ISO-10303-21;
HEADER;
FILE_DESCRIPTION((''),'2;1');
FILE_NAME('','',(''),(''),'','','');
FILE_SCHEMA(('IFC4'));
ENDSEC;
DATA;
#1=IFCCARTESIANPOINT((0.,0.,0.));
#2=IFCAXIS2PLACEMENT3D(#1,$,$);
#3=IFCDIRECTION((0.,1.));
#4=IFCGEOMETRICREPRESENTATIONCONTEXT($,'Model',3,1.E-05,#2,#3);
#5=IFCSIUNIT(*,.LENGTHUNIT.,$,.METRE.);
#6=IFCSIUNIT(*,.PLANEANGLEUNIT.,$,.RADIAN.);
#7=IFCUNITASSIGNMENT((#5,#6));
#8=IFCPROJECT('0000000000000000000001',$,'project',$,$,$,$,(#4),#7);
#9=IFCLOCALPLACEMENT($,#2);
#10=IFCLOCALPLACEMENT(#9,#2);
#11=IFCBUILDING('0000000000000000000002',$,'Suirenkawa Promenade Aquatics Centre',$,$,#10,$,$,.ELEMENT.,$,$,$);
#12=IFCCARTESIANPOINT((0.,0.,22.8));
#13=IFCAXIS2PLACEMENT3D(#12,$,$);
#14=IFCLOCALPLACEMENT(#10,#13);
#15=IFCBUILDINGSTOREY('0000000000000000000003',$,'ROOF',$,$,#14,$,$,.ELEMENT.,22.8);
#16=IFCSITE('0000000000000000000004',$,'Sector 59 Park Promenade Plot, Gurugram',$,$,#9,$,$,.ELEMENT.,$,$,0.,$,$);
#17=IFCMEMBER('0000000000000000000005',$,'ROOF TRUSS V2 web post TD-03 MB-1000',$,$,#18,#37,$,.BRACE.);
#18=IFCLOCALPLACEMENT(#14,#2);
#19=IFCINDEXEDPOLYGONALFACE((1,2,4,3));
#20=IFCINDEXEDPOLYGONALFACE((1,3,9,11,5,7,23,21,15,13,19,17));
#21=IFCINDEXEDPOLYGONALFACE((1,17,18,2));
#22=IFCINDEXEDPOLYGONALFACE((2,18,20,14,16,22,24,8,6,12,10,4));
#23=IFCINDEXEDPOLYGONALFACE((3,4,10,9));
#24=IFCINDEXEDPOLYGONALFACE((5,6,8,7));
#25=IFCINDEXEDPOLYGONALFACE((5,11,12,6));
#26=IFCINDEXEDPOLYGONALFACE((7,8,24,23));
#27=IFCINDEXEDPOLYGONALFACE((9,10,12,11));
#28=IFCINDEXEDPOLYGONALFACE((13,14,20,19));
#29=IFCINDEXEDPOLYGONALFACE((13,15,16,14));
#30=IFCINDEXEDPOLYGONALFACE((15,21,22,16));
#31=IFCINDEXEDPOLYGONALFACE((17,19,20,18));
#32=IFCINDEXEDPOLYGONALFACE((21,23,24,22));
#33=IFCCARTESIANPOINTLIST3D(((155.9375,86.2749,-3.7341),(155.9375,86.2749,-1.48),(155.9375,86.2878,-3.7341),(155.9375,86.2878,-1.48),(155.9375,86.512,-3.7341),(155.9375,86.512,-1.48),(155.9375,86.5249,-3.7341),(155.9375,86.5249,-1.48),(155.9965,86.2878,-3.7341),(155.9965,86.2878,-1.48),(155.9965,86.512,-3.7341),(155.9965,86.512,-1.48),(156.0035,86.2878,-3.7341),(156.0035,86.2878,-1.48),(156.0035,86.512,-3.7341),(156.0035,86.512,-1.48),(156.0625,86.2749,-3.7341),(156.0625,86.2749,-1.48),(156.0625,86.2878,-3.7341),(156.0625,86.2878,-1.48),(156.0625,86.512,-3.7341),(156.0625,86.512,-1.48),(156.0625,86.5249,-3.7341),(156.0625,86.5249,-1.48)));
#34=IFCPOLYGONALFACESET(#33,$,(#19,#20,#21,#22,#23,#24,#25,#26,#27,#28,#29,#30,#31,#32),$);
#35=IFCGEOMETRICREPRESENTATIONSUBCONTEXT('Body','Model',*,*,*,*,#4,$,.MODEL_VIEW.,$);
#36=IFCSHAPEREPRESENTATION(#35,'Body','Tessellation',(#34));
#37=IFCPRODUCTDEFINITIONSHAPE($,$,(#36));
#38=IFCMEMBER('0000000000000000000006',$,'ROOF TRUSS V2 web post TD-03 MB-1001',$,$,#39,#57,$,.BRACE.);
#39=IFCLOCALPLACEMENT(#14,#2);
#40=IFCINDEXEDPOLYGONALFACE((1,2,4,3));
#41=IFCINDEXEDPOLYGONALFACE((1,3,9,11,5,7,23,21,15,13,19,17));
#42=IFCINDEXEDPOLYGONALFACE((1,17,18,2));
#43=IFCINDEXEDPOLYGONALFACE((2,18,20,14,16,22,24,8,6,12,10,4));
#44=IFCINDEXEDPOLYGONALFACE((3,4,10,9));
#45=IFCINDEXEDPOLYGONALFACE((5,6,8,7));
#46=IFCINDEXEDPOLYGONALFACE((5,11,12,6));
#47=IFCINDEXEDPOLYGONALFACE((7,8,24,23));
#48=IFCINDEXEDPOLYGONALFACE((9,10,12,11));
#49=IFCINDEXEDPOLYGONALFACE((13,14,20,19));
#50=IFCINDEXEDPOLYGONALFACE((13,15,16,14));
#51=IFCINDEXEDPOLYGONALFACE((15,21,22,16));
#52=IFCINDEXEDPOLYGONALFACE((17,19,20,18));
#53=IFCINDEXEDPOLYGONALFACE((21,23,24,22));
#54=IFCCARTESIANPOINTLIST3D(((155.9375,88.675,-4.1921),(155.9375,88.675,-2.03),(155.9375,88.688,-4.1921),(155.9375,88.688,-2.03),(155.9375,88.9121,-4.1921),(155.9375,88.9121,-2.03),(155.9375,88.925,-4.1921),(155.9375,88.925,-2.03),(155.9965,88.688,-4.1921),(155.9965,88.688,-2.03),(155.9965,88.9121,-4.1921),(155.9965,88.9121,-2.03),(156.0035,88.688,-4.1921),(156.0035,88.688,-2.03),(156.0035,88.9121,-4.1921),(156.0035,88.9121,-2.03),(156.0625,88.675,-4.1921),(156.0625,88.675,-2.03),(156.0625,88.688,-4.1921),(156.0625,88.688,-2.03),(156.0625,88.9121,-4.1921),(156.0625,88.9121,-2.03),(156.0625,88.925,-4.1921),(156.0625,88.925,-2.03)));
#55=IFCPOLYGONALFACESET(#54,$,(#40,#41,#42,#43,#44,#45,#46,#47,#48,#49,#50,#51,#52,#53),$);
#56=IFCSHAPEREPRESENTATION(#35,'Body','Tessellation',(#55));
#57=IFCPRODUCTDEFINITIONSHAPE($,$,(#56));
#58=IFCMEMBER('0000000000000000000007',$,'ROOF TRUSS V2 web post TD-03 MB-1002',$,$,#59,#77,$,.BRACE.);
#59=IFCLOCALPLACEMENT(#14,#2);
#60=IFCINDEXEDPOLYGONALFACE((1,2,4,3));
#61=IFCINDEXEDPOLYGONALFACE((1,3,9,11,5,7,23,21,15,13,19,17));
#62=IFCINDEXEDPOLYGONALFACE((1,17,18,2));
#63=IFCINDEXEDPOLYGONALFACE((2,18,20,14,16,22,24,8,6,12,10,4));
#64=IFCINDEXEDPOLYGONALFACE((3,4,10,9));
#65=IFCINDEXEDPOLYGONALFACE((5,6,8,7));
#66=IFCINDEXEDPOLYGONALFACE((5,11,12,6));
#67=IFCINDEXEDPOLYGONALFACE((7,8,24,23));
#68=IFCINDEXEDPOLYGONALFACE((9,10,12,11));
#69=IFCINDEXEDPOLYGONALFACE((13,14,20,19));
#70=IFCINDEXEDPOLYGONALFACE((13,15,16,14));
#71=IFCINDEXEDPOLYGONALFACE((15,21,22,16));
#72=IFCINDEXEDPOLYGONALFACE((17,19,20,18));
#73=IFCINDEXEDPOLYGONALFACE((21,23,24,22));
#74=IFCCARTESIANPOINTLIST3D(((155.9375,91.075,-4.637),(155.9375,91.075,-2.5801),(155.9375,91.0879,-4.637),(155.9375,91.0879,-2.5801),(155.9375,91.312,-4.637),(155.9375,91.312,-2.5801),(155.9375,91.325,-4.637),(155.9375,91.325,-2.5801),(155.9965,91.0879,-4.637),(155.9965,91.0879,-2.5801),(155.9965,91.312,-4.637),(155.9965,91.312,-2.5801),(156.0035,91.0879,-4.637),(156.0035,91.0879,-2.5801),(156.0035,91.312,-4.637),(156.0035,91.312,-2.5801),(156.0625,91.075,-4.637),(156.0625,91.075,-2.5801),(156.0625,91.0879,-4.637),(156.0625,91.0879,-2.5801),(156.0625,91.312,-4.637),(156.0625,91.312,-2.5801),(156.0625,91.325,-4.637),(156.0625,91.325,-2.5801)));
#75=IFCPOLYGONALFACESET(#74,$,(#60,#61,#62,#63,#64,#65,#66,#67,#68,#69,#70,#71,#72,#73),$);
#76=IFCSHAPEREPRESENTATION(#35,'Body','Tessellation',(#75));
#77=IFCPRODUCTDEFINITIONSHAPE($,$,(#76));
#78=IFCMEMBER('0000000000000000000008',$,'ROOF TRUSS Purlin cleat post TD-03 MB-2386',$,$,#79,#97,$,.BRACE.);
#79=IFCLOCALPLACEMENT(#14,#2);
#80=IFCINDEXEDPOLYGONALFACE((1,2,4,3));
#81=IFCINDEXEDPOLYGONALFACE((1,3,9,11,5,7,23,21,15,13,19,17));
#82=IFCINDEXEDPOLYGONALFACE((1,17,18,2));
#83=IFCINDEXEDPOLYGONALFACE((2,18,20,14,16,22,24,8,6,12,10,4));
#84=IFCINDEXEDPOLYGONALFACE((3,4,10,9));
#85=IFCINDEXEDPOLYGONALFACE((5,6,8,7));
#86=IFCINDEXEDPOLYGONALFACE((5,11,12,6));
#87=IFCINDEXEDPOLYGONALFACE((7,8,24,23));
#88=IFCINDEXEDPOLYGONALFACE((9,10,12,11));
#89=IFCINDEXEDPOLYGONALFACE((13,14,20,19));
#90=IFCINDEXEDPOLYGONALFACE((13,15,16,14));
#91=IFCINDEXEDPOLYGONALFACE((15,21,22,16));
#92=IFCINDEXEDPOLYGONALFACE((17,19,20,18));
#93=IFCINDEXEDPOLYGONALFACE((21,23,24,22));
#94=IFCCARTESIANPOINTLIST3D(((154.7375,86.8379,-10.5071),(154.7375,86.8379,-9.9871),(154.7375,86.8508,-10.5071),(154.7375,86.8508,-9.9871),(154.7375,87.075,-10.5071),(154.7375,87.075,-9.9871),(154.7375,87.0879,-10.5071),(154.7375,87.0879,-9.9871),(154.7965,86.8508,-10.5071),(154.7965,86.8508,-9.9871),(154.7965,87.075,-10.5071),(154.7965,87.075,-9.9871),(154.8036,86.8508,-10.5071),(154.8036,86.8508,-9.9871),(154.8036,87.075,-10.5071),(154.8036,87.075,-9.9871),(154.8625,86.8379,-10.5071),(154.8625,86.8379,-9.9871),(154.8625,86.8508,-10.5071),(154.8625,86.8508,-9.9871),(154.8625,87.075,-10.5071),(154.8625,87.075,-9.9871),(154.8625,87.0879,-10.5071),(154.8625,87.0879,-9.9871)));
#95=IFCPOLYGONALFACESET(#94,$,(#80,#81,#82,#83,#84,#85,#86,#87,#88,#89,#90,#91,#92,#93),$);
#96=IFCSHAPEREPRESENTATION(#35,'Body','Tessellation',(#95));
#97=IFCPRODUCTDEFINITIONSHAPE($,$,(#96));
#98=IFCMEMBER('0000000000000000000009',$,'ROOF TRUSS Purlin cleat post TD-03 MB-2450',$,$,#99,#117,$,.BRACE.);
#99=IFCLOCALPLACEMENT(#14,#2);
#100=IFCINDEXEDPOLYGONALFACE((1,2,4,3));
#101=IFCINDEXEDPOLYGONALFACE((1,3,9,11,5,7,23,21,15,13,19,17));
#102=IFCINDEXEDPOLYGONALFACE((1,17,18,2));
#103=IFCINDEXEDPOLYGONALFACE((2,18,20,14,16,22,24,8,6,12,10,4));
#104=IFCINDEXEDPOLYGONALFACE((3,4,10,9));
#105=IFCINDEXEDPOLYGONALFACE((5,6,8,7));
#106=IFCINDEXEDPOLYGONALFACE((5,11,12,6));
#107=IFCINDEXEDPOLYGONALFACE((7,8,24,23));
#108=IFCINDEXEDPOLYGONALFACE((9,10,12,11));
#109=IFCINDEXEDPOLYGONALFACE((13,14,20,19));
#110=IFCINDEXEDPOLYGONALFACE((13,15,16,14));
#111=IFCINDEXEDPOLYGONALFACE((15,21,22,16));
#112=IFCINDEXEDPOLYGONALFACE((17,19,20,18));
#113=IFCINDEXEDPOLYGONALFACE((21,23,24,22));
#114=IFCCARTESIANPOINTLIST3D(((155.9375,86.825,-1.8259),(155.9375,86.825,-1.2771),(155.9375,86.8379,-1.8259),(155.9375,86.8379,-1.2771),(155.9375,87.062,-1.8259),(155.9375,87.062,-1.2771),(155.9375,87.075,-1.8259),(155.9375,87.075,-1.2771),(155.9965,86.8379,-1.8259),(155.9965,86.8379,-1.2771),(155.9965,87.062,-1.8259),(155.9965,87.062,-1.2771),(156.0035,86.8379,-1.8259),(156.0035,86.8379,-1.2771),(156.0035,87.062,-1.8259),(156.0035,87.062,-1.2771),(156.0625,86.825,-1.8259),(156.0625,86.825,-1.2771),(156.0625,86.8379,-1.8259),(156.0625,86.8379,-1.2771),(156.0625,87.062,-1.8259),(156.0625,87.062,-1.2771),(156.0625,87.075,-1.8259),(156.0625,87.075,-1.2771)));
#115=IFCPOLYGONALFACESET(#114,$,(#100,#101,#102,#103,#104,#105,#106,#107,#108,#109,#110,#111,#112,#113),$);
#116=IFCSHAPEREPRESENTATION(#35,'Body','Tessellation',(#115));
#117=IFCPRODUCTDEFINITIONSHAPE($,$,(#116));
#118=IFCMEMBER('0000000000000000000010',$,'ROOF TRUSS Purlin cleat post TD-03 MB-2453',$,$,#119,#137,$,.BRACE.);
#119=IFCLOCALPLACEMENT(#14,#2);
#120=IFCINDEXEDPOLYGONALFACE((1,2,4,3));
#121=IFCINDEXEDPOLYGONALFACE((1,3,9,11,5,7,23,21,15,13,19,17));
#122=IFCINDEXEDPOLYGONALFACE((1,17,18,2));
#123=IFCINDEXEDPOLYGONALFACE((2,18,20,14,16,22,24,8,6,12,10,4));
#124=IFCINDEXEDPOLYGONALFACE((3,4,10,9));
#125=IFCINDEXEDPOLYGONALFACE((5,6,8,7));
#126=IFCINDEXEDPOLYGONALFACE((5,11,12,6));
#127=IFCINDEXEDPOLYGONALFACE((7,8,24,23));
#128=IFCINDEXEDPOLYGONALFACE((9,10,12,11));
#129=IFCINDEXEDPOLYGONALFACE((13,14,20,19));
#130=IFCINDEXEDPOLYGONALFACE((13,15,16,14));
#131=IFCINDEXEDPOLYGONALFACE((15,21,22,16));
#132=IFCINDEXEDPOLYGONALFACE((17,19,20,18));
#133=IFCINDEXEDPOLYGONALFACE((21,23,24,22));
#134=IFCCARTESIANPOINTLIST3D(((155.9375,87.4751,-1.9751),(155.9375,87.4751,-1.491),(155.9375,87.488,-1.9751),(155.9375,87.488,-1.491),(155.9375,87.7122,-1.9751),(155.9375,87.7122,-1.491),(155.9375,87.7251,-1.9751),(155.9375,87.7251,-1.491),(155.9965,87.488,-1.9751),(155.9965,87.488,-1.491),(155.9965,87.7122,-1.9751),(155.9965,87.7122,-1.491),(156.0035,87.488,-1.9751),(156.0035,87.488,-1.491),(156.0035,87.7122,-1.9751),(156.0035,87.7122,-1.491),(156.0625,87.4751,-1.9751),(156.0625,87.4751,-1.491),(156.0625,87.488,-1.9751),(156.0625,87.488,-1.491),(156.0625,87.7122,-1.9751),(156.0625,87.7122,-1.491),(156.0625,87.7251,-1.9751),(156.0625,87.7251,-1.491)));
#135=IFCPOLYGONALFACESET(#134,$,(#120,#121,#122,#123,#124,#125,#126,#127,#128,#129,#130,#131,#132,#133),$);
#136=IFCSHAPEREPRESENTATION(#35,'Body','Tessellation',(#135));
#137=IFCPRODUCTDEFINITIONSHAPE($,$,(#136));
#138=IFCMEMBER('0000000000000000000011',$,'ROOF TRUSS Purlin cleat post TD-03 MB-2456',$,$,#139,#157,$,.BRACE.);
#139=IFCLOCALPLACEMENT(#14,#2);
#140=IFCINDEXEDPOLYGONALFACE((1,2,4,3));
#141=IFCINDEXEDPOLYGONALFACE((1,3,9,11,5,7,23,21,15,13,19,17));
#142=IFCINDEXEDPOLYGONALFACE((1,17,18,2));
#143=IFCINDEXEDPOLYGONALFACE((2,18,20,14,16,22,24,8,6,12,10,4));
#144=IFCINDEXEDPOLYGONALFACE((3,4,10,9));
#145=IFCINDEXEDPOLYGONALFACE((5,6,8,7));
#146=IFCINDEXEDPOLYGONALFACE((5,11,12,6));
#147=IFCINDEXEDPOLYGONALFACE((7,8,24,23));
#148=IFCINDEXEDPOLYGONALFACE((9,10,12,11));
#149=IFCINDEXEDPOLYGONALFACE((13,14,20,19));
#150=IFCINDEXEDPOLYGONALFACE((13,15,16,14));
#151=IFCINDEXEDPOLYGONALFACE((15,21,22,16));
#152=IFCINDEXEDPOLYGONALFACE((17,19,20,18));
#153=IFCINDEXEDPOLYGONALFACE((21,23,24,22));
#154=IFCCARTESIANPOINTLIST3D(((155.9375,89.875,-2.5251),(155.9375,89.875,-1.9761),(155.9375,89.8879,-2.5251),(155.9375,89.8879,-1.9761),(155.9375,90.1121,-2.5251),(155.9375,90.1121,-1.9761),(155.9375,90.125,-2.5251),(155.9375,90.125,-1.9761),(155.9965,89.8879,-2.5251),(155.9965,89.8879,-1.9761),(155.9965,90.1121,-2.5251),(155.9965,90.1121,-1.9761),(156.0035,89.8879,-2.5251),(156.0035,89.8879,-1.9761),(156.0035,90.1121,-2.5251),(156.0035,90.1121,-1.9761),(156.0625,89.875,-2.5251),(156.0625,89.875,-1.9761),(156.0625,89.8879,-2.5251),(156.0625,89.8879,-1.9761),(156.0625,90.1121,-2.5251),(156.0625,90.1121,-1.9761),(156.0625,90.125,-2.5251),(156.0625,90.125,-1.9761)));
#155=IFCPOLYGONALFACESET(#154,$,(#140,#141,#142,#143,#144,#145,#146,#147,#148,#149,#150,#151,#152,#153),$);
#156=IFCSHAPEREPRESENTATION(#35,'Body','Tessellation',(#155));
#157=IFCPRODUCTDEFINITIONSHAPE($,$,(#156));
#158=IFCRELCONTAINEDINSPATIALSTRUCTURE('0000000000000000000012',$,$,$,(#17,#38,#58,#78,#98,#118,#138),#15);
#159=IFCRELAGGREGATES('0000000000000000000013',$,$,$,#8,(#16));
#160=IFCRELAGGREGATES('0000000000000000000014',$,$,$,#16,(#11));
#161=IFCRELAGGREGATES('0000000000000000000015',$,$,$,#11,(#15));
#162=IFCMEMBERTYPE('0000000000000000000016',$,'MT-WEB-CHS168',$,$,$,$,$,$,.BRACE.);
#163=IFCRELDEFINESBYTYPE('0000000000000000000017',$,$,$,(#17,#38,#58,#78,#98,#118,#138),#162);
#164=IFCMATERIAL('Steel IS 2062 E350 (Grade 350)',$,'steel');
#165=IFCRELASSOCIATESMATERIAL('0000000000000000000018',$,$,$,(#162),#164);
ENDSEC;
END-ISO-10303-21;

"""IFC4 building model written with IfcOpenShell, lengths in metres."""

from ifc_helpers import new_model, si_unit, direction, frame, origin, origin_2d, place, context, subcontext, project, spatial, i_section, extrude, material, material_profile, profile_set, type_object, element, save


model = new_model("IFC4")

# Units and contexts
model_context = context("Model", 3, precision=1e-05, world=origin(), true_north=direction((0.0, 1.0)))
body_context = subcontext(model_context, "Body", "Model", "MODEL_VIEW")
ifc_project = project(units=[si_unit("LENGTHUNIT", "METRE"), si_unit("PLANEANGLEUNIT", "RADIAN")], contexts=[model_context])

# Site, building, storey
site_placement = place(None, origin())
site = spatial("IfcSite", under=ifc_project, at=site_placement, Name="Sector 59 Park Promenade Plot, Gurugram", CompositionType="ELEMENT", RefElevation=0.0)
building_placement = place(site_placement, origin())
building = spatial("IfcBuilding", under=site, at=building_placement, Name="Suirenkawa Promenade Aquatics Centre", CompositionType="ELEMENT")
storey_placement = place(building_placement, frame((0.0, 0.0, 22.8)))
storey = spatial("IfcBuildingStorey", under=building, at=storey_placement, Name="ROOF", CompositionType="ELEMENT", Elevation=22.8)

# Shared definitions
ifc_material_1 = material(Name="Steel IS 2062 E350 (Grade 350)", Category="steel")

# Members
ifc_material_profile_1 = material_profile(ifc_material_1, i_section(OverallWidth=0.125, OverallDepth=0.25, WebThickness=0.0071, FlangeThickness=0.0129, at=origin_2d()), Name="ISMB 250", Category="steel")
ifc_profile_set_1 = profile_set([ifc_material_profile_1], Name="Steel IS 2062 E350 (Grade 350)")
member_type_1 = type_object("IfcMemberType", Name="MT-WEB-CHS168", PredefinedType="BRACE", material=ifc_profile_set_1)
member_1_placement = place(storey_placement, frame((156.0, 86.3999, -3.7341), z_axis=(0.0, 0.0, 1.0), x_axis=(1.0, 0.0, 0.0)))
element("IfcMember", 1, at=member_1_placement, inside=storey, type_object=member_type_1, Name="ROOF TRUSS V2 web post TD-03 MB-1000", PredefinedType="BRACE", context=body_context, shape_type="SweptSolid", body=[
    extrude(i_section(OverallWidth=0.125, OverallDepth=0.25, WebThickness=0.0071, FlangeThickness=0.0129, at=origin_2d()), origin(), (0.0, 0.0, 1.0), 2.2542),
])
member_2_placement = place(storey_placement, frame((156.0, 88.8, -4.1921), z_axis=(0.0, 0.0, 1.0), x_axis=(1.0, 0.0, 0.0)))
element("IfcMember", 2, at=member_2_placement, inside=storey, type_object=member_type_1, Name="ROOF TRUSS V2 web post TD-03 MB-1001", PredefinedType="BRACE", context=body_context, shape_type="SweptSolid", body=[
    extrude(i_section(OverallWidth=0.125, OverallDepth=0.25, WebThickness=0.0071, FlangeThickness=0.0129, at=origin_2d()), origin(), (0.0, 0.0, 1.0), 2.1621),
])
member_3_placement = place(storey_placement, frame((156.0, 91.2, -4.637), z_axis=(0.0, 0.0, 1.0), x_axis=(1.0, 0.0, 0.0)))
element("IfcMember", 3, at=member_3_placement, inside=storey, type_object=member_type_1, Name="ROOF TRUSS V2 web post TD-03 MB-1002", PredefinedType="BRACE", context=body_context, shape_type="SweptSolid", body=[
    extrude(i_section(OverallWidth=0.125, OverallDepth=0.25, WebThickness=0.0071, FlangeThickness=0.0129, at=origin_2d()), origin(), (0.0, 0.0, 1.0), 2.0569),
])
member_4_placement = place(storey_placement, frame((154.8, 86.9629, -10.5071), z_axis=(0.0, 0.0, 1.0), x_axis=(1.0, 0.0, 0.0)))
element("IfcMember", 4, at=member_4_placement, inside=storey, type_object=member_type_1, Name="ROOF TRUSS Purlin cleat post TD-03 MB-2386", PredefinedType="BRACE", context=body_context, shape_type="SweptSolid", body=[
    extrude(i_section(OverallWidth=0.125, OverallDepth=0.25, WebThickness=0.0071, FlangeThickness=0.0129, at=origin_2d()), origin(), (0.0, 0.0, 1.0), 0.52),
])
member_5_placement = place(storey_placement, frame((156.0, 86.95, -1.8259), z_axis=(0.0, 0.0, 1.0), x_axis=(1.0, 0.0, 0.0)))
element("IfcMember", 5, at=member_5_placement, inside=storey, type_object=member_type_1, Name="ROOF TRUSS Purlin cleat post TD-03 MB-2450", PredefinedType="BRACE", context=body_context, shape_type="SweptSolid", body=[
    extrude(i_section(OverallWidth=0.125, OverallDepth=0.25, WebThickness=0.0071, FlangeThickness=0.0129, at=origin_2d()), origin(), (0.0, 0.0, 1.0), 0.5488),
])
member_6_placement = place(storey_placement, frame((156.0, 87.6001, -1.9751), z_axis=(0.0, 0.0, 1.0), x_axis=(1.0, 0.0, 0.0)))
element("IfcMember", 6, at=member_6_placement, inside=storey, type_object=member_type_1, Name="ROOF TRUSS Purlin cleat post TD-03 MB-2453", PredefinedType="BRACE", context=body_context, shape_type="SweptSolid", body=[
    extrude(i_section(OverallWidth=0.125, OverallDepth=0.25, WebThickness=0.0071, FlangeThickness=0.0129, at=origin_2d()), origin(), (0.0, 0.0, 1.0), 0.4841),
])
member_7_placement = place(storey_placement, frame((156.0, 90.0, -2.5251), z_axis=(0.0, 0.0, 1.0), x_axis=(1.0, 0.0, 0.0)))
element("IfcMember", 7, at=member_7_placement, inside=storey, type_object=member_type_1, Name="ROOF TRUSS Purlin cleat post TD-03 MB-2456", PredefinedType="BRACE", context=body_context, shape_type="SweptSolid", body=[
    extrude(i_section(OverallWidth=0.125, OverallDepth=0.25, WebThickness=0.0071, FlangeThickness=0.0129, at=origin_2d()), origin(), (0.0, 0.0, 1.0), 0.5491),
])

save(model, "model.ifc")
